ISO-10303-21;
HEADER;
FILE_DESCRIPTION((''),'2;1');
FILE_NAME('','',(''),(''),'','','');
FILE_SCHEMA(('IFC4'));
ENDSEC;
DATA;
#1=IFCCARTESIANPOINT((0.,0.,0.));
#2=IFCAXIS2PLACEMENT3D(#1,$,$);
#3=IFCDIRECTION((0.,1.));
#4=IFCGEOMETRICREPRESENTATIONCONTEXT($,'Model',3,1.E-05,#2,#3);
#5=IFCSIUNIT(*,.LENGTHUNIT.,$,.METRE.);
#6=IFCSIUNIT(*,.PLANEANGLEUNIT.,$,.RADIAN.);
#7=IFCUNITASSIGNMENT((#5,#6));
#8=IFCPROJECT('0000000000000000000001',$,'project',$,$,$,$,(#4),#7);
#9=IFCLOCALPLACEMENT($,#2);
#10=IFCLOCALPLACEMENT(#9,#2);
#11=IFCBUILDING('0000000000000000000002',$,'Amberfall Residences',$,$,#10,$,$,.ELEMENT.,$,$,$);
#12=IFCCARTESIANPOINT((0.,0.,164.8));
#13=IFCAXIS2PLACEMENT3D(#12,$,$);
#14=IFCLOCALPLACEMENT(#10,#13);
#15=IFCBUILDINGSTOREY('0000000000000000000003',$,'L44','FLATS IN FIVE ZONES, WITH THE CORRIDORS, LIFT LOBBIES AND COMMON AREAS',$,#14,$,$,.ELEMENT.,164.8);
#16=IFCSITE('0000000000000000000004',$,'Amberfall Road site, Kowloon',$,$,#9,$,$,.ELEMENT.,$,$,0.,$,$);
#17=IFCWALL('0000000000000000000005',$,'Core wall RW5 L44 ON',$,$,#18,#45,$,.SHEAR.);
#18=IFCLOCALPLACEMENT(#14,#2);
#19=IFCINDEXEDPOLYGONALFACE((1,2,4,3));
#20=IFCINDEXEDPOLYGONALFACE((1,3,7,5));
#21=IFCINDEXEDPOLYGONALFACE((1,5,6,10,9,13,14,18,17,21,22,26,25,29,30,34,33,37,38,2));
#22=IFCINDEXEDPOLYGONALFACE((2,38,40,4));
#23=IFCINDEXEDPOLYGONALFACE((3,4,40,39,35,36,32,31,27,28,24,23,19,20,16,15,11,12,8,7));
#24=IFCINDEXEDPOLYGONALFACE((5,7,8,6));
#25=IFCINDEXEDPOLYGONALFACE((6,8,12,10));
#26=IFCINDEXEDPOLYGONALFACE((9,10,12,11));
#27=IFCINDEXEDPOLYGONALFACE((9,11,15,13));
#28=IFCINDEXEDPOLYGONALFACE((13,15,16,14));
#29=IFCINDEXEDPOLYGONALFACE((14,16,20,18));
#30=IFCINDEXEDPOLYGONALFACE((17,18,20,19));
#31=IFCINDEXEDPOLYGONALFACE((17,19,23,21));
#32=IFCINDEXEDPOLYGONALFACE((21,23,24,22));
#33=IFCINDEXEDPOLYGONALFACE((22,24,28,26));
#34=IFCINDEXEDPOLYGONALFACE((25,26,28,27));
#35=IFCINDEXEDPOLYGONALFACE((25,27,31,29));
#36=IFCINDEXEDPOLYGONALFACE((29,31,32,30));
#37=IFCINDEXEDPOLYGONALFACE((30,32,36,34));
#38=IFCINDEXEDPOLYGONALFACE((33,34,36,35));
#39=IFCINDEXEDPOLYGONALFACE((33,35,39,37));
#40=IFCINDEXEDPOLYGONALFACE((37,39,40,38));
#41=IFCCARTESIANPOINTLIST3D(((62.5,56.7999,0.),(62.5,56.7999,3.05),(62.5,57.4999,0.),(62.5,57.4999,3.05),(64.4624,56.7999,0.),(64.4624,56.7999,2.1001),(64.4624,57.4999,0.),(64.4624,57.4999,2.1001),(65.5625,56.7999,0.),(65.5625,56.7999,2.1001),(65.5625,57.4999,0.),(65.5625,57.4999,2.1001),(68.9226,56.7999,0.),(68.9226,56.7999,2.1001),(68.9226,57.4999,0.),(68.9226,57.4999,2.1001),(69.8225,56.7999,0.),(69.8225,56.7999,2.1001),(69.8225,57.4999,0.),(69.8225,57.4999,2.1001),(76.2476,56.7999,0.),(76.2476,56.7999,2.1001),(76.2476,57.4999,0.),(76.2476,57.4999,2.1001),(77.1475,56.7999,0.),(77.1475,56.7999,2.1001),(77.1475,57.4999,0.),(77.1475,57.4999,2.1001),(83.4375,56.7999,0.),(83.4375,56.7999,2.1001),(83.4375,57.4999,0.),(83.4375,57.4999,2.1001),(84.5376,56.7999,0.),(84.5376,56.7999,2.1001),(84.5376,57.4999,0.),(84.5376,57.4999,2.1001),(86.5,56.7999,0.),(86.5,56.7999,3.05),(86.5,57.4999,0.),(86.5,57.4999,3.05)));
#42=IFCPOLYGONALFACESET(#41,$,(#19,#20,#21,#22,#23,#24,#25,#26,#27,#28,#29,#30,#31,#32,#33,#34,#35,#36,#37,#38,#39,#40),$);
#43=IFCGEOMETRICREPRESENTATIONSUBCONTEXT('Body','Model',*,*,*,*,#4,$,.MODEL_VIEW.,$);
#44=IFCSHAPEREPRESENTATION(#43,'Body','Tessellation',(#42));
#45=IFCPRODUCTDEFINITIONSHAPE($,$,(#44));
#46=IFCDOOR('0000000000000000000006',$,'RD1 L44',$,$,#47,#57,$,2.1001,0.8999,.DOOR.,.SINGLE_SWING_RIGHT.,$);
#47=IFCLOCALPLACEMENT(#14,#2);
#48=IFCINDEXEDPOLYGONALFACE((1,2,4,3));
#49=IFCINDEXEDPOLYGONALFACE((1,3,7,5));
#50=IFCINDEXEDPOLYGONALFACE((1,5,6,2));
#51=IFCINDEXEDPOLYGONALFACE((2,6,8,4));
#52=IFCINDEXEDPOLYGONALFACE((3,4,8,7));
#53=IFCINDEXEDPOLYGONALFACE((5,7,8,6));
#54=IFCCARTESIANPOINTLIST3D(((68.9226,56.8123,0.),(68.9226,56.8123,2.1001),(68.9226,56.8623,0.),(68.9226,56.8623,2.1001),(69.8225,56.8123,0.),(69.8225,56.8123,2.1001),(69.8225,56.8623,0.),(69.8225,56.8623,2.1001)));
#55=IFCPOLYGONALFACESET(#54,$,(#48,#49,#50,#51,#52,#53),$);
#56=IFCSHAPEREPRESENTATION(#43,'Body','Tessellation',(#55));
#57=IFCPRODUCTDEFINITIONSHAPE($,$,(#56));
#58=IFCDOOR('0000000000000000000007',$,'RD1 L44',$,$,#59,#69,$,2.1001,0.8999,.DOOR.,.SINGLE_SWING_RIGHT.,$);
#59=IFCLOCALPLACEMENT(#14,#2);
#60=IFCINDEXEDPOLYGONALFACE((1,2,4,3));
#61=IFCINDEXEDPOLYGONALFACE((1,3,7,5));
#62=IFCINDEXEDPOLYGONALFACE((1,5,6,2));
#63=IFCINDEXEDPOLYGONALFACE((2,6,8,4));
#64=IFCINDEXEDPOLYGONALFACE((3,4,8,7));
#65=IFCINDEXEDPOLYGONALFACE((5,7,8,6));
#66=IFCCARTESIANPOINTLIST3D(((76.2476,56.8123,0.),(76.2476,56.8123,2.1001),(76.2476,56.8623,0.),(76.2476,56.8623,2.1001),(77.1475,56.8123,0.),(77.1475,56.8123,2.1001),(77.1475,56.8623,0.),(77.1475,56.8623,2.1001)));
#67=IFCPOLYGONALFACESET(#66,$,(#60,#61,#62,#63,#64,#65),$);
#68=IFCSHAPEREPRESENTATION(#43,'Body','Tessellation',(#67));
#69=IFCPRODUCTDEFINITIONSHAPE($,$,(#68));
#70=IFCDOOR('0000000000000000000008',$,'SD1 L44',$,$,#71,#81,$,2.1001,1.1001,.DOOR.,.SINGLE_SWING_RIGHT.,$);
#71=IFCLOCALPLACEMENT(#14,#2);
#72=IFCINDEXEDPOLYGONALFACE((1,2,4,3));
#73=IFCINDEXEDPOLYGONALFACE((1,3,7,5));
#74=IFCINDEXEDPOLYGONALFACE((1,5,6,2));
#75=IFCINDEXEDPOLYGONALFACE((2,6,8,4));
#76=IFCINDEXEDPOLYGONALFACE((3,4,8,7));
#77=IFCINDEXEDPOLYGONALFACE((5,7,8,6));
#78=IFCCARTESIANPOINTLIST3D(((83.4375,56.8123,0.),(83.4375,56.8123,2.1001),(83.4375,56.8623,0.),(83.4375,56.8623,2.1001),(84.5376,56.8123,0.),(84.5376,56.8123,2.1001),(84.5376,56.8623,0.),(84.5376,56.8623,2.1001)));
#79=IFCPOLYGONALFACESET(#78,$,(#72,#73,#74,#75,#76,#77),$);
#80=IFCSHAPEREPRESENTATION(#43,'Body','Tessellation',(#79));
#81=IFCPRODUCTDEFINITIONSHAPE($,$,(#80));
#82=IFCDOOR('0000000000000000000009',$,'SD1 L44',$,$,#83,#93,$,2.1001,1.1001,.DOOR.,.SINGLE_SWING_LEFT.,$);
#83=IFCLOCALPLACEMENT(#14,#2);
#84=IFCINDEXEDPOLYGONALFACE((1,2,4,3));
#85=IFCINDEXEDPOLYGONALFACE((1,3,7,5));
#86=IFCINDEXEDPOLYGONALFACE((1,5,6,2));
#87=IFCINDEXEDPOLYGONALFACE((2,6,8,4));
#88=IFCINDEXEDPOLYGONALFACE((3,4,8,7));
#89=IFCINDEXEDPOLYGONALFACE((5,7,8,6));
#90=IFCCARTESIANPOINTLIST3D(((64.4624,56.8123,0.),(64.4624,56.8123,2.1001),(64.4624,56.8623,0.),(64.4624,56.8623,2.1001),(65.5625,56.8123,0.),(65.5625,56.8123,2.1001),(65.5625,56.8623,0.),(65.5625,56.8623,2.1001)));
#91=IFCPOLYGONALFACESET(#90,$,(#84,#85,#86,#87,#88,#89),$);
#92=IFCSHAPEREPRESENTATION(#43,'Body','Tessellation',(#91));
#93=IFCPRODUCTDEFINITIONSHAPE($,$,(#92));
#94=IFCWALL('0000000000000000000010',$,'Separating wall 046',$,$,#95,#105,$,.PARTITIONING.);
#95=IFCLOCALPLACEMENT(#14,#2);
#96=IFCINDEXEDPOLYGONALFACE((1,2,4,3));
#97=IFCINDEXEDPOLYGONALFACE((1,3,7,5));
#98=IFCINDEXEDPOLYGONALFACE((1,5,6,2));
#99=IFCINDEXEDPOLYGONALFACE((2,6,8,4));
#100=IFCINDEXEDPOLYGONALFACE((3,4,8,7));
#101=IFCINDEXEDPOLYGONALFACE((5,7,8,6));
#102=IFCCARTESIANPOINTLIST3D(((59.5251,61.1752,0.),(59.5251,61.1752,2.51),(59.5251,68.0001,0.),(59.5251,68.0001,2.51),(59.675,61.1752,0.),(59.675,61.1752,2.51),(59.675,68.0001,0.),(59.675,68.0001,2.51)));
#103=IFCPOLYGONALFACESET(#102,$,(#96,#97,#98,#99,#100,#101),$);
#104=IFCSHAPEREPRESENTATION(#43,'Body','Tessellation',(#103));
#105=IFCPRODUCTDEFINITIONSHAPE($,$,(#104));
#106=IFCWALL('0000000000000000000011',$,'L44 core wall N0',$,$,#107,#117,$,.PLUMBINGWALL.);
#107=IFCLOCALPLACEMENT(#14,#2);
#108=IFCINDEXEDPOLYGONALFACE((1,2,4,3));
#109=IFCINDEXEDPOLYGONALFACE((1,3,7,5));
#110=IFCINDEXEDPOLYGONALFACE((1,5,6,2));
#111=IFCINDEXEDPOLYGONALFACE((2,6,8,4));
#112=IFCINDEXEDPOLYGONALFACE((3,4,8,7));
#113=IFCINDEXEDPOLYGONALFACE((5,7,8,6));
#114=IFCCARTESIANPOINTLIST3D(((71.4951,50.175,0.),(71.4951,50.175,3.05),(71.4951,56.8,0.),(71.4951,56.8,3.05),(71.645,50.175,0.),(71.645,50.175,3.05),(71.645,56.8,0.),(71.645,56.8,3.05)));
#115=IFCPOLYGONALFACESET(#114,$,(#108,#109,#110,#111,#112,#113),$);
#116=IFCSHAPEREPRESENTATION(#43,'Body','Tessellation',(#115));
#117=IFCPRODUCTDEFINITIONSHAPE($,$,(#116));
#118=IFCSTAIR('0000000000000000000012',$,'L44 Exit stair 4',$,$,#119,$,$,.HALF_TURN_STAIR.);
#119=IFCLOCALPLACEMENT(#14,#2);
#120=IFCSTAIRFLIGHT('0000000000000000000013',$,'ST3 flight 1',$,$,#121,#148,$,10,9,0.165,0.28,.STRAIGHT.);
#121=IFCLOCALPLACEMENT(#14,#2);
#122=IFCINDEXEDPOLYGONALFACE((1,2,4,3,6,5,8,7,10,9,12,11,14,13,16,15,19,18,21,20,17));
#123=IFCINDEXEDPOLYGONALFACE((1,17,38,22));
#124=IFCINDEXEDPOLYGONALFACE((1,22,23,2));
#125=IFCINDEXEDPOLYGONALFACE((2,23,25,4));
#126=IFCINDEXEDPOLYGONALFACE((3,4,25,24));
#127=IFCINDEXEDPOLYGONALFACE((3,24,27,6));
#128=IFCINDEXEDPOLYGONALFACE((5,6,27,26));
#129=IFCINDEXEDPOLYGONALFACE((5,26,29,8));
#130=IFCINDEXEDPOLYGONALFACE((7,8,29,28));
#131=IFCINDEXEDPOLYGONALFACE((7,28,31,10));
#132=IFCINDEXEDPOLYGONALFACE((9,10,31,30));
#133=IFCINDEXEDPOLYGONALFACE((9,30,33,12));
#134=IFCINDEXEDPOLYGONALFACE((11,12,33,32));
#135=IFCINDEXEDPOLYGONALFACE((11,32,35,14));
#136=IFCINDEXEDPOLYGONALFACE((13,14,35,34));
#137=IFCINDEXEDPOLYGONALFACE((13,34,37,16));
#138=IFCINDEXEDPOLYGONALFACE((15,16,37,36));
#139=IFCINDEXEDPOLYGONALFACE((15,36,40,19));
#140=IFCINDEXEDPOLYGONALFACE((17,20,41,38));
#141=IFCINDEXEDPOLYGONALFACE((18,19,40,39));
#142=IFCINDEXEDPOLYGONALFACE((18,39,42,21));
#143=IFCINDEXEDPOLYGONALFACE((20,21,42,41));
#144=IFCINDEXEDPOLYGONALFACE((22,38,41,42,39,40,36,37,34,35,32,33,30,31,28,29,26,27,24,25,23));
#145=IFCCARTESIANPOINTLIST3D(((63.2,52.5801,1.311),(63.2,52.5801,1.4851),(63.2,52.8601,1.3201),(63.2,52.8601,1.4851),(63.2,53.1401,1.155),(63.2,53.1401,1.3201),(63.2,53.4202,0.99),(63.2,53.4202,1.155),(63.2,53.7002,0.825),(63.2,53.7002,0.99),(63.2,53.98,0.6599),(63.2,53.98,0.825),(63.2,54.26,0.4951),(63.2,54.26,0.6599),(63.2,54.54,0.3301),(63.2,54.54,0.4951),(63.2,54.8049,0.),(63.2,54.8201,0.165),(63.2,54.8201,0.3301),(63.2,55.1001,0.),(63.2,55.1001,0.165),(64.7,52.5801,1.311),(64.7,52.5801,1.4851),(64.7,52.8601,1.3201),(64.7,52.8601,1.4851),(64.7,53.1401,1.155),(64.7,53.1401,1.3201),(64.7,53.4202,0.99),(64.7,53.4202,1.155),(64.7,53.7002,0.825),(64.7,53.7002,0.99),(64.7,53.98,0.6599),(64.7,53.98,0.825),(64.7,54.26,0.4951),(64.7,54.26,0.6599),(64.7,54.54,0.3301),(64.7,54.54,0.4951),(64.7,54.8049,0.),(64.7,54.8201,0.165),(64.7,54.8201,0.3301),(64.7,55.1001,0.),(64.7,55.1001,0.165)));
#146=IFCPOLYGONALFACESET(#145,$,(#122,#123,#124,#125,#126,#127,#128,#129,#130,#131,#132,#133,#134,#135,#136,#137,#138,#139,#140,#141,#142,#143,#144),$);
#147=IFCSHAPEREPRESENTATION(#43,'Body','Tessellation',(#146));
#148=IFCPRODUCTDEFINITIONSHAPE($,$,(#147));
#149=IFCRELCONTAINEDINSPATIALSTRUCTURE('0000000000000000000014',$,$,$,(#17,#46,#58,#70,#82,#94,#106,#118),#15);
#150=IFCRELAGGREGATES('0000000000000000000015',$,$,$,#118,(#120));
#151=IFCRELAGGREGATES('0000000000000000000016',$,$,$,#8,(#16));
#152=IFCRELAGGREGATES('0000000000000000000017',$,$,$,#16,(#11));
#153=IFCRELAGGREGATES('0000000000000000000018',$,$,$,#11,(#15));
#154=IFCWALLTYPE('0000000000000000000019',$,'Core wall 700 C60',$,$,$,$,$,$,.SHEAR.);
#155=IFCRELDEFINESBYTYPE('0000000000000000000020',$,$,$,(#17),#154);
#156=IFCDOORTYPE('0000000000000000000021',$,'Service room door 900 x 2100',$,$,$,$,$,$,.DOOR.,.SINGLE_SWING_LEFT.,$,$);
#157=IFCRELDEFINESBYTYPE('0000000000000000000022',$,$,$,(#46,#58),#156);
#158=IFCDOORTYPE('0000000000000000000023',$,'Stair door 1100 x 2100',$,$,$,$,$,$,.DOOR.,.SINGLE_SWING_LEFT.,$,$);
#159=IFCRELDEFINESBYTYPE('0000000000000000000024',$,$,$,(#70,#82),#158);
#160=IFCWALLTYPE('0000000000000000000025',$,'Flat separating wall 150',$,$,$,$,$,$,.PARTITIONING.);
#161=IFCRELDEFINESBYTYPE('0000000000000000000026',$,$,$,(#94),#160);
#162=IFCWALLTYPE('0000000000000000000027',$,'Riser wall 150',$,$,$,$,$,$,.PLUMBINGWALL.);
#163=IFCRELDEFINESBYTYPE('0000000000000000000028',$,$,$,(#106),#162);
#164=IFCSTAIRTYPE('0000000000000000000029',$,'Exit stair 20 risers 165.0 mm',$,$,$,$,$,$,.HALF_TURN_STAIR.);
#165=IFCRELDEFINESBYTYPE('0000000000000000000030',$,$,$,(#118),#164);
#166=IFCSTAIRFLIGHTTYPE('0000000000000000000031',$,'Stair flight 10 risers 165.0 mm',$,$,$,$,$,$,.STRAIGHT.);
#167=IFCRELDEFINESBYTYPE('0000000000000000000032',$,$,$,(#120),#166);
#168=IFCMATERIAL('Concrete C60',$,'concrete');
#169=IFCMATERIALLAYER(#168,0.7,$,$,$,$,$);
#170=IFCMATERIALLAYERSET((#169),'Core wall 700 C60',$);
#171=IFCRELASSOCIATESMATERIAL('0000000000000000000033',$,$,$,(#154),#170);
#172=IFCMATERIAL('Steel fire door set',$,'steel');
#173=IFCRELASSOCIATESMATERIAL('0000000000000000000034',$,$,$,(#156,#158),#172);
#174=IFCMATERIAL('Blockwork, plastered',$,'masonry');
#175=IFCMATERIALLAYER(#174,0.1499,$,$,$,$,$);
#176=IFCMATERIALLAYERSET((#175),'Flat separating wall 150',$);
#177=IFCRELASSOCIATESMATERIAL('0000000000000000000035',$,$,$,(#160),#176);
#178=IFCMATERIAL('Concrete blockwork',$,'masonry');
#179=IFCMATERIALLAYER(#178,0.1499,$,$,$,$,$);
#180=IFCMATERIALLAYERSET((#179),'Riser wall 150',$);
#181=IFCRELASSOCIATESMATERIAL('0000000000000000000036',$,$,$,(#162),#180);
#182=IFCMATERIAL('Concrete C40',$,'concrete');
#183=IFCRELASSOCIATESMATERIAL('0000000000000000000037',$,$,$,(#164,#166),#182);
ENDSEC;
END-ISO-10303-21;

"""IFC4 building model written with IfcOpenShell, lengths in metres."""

from ifc_helpers import new_model, si_unit, direction, frame, frame_2d, origin, place, context, subcontext, project, spatial, polyline, rectangle, outline, extrude, material, layer, layer_set, type_object, element, fill, aggregate, save


model = new_model("IFC4")

# Units and contexts
model_context = context("Model", 3, precision=1e-05, world=origin(), true_north=direction((0.0, 1.0)))
body_context = subcontext(model_context, "Body", "Model", "MODEL_VIEW")
ifc_project = project(units=[si_unit("LENGTHUNIT", "METRE"), si_unit("PLANEANGLEUNIT", "RADIAN")], contexts=[model_context])

# Site, building, storey
site_placement = place(None, origin())
site = spatial("IfcSite", under=ifc_project, at=site_placement, Name="Amberfall Road site, Kowloon", CompositionType="ELEMENT", RefElevation=0.0)
building_placement = place(site_placement, origin())
building = spatial("IfcBuilding", under=site, at=building_placement, Name="Amberfall Residences", CompositionType="ELEMENT")
storey_placement = place(building_placement, frame((0.0, 0.0, 164.8)))
storey = spatial("IfcBuildingStorey", under=building, at=storey_placement, Name="L44", Description="FLATS IN FIVE ZONES, WITH THE CORRIDORS, LIFT LOBBIES AND COMMON AREAS", CompositionType="ELEMENT", Elevation=164.8)

# Wall, openings, doors
ifc_material_1 = material(Name="Concrete C60", Category="concrete")
ifc_layer_1 = layer(ifc_material_1, 0.7)
ifc_layer_set_1 = layer_set([ifc_layer_1], Name="Core wall 700 C60")
wall_type_1 = type_object("IfcWallType", Name="Core wall 700 C60", PredefinedType="SHEAR", material=ifc_layer_set_1)
wall_1_placement = place(storey_placement, frame((62.5, 57.1499, 0.0), z_axis=(0.0, 0.0, 1.0), x_axis=(1.0, 0.0, 0.0)))
wall_1 = element("IfcWall", 1, at=wall_1_placement, inside=storey, type_object=wall_type_1, Name="Core wall RW5 L44 ON", PredefinedType="SHEAR", context=body_context, shape_type="SweptSolid", body=[
    extrude(rectangle(XDim=24.0, YDim=0.7, at=frame_2d((12.0, 0.0))), origin(), (0.0, 0.0, 1.0), 3.05),
])
opening_1_placement = place(wall_1_placement, frame((20.9375, 0.0, 0.0)))
opening_1 = element("IfcOpeningElement", 2, at=opening_1_placement, cuts=wall_1, PredefinedType="OPENING", context=body_context, shape_type="SweptSolid", body=[
    extrude(rectangle(XDim=1.1001, YDim=2.1001, at=frame_2d((0.55, 1.05))), frame((0.0, 0.3599, 0.0), z_axis=(0.0, -1.0, 0.0), x_axis=(1.0, 0.0, 0.0)), (0.0, 0.0, 1.0), 0.72),
])
opening_2_placement = place(wall_1_placement, frame((1.9624, 0.0, 0.0)))
opening_2 = element("IfcOpeningElement", 3, at=opening_2_placement, cuts=wall_1, PredefinedType="OPENING", context=body_context, shape_type="SweptSolid", body=[
    extrude(rectangle(XDim=1.1001, YDim=2.1001, at=frame_2d((0.55, 1.05))), frame((0.0, 0.3599, 0.0), z_axis=(0.0, -1.0, 0.0), x_axis=(1.0, 0.0, 0.0)), (0.0, 0.0, 1.0), 0.72),
])
opening_3_placement = place(wall_1_placement, frame((6.4226, 0.0, 0.0)))
opening_3 = element("IfcOpeningElement", 4, at=opening_3_placement, cuts=wall_1, PredefinedType="OPENING", context=body_context, shape_type="SweptSolid", body=[
    extrude(rectangle(XDim=0.8999, YDim=2.1001, at=frame_2d((0.45, 1.05))), frame((0.0, 0.3599, 0.0), z_axis=(0.0, -1.0, 0.0), x_axis=(1.0, 0.0, 0.0)), (0.0, 0.0, 1.0), 0.72),
])
opening_4_placement = place(wall_1_placement, frame((13.7476, 0.0, 0.0)))
opening_4 = element("IfcOpeningElement", 5, at=opening_4_placement, cuts=wall_1, PredefinedType="OPENING", context=body_context, shape_type="SweptSolid", body=[
    extrude(rectangle(XDim=0.8999, YDim=2.1001, at=frame_2d((0.45, 1.05))), frame((0.0, 0.3599, 0.0), z_axis=(0.0, -1.0, 0.0), x_axis=(1.0, 0.0, 0.0)), (0.0, 0.0, 1.0), 0.72),
])
ifc_material_2 = material(Name="Steel fire door set", Category="steel")
door_type_1 = type_object("IfcDoorType", Name="Service room door 900 x 2100", OperationType="SINGLE_SWING_LEFT", PredefinedType="DOOR", material=ifc_material_2)
door_1_placement = place(opening_3_placement, origin())
door_1 = element("IfcDoor", 6, at=door_1_placement, inside=storey, type_object=door_type_1, Name="RD1 L44", OperationType="SINGLE_SWING_RIGHT", OverallHeight=2.1001, OverallWidth=0.8999, PredefinedType="DOOR", context=body_context, shape_type="SweptSolid", body=[
    extrude(rectangle(XDim=0.8999, YDim=2.1001, at=frame_2d((0.45, 1.05))), frame((0.0, -0.2876, 0.0), z_axis=(0.0, -1.0, 0.0), x_axis=(1.0, 0.0, 0.0)), (0.0, 0.0, 1.0), 0.05),
])
fill(opening_3, door_1)
door_2_placement = place(opening_4_placement, origin())
door_2 = element("IfcDoor", 7, at=door_2_placement, inside=storey, type_object=door_type_1, Name="RD1 L44", OperationType="SINGLE_SWING_RIGHT", OverallHeight=2.1001, OverallWidth=0.8999, PredefinedType="DOOR", context=body_context, shape_type="SweptSolid", body=[
    extrude(rectangle(XDim=0.8999, YDim=2.1001, at=frame_2d((0.45, 1.05))), frame((0.0, -0.2876, 0.0), z_axis=(0.0, -1.0, 0.0), x_axis=(1.0, 0.0, 0.0)), (0.0, 0.0, 1.0), 0.05),
])
fill(opening_4, door_2)
door_type_2 = type_object("IfcDoorType", Name="Stair door 1100 x 2100", OperationType="SINGLE_SWING_LEFT", PredefinedType="DOOR", material=ifc_material_2)
door_3_placement = place(opening_1_placement, origin())
door_3 = element("IfcDoor", 8, at=door_3_placement, inside=storey, type_object=door_type_2, Name="SD1 L44", OperationType="SINGLE_SWING_RIGHT", OverallHeight=2.1001, OverallWidth=1.1001, PredefinedType="DOOR", context=body_context, shape_type="SweptSolid", body=[
    extrude(rectangle(XDim=1.1001, YDim=2.1001, at=frame_2d((0.55, 1.05))), frame((0.0, -0.2876, 0.0), z_axis=(0.0, -1.0, 0.0), x_axis=(1.0, 0.0, 0.0)), (0.0, 0.0, 1.0), 0.05),
])
fill(opening_1, door_3)
door_4_placement = place(opening_2_placement, origin())
door_4 = element("IfcDoor", 9, at=door_4_placement, inside=storey, type_object=door_type_2, Name="SD1 L44", OperationType="SINGLE_SWING_LEFT", OverallHeight=2.1001, OverallWidth=1.1001, PredefinedType="DOOR", context=body_context, shape_type="SweptSolid", body=[
    extrude(rectangle(XDim=1.1001, YDim=2.1001, at=frame_2d((0.55, 1.05))), frame((0.0, -0.2876, 0.0), z_axis=(0.0, -1.0, 0.0), x_axis=(1.0, 0.0, 0.0)), (0.0, 0.0, 1.0), 0.05),
])
fill(opening_2, door_4)

# Walls
ifc_material_3 = material(Name="Blockwork, plastered", Category="masonry")
ifc_layer_2 = layer(ifc_material_3, 0.1499)
ifc_layer_set_2 = layer_set([ifc_layer_2], Name="Flat separating wall 150")
wall_type_2 = type_object("IfcWallType", Name="Flat separating wall 150", PredefinedType="PARTITIONING", material=ifc_layer_set_2)
wall_2_placement = place(storey_placement, frame((59.6001, 61.175, 0.0), z_axis=(0.0, 0.0, 1.0), x_axis=(0.0, 1.0, 0.0)))
element("IfcWall", 10, at=wall_2_placement, inside=storey, type_object=wall_type_2, Name="Separating wall 046", PredefinedType="PARTITIONING", context=body_context, shape_type="SweptSolid", body=[
    extrude(rectangle(XDim=6.825, YDim=0.1499, at=frame_2d((3.4126, 0.0))), origin(), (0.0, 0.0, 1.0), 2.51),
])
ifc_material_4 = material(Name="Concrete blockwork", Category="masonry")
ifc_layer_3 = layer(ifc_material_4, 0.1499)
ifc_layer_set_3 = layer_set([ifc_layer_3], Name="Riser wall 150")
wall_type_3 = type_object("IfcWallType", Name="Riser wall 150", PredefinedType="PLUMBINGWALL", material=ifc_layer_set_3)
wall_3_placement = place(storey_placement, frame((71.5701, 50.175, 0.0), z_axis=(0.0, 0.0, 1.0), x_axis=(0.0, 1.0, 0.0)))
element("IfcWall", 11, at=wall_3_placement, inside=storey, type_object=wall_type_3, Name="L44 core wall N0", PredefinedType="PLUMBINGWALL", context=body_context, shape_type="SweptSolid", body=[
    extrude(rectangle(XDim=6.625, YDim=0.1499, at=frame_2d((3.3125, 0.0))), origin(), (0.0, 0.0, 1.0), 3.05),
])

# Stair, stair flight
ifc_material_5 = material(Name="Concrete C40", Category="concrete")
stair_type = type_object("IfcStairType", Name="Exit stair 20 risers 165.0 mm", PredefinedType="HALF_TURN_STAIR", material=ifc_material_5)
stair_placement = place(storey_placement, origin())
stair = element("IfcStair", 12, at=stair_placement, inside=storey, type_object=stair_type, Name="L44 Exit stair 4", PredefinedType="HALF_TURN_STAIR")
stair_flight_type = type_object("IfcStairFlightType", Name="Stair flight 10 risers 165.0 mm", PredefinedType="STRAIGHT", material=ifc_material_5)
stair_flight_1_placement = place(storey_placement, frame((63.95, 55.1001, 0.0), z_axis=(0.0, 0.0, 1.0), x_axis=(0.0, -1.0, 0.0)))
stair_flight_1 = element("IfcStairFlight", 13, at=stair_flight_1_placement, type_object=stair_flight_type, Name="ST3 flight 1", NumberOfRisers=10, NumberOfTreads=9, PredefinedType="STRAIGHT", RiserHeight=0.165, TreadLength=0.28, context=body_context, shape_type="SweptSolid", body=[
    extrude(outline(polyline([(0.0, 0.0), (0.0, 0.165), (0.28, 0.165), (0.28, 0.3301), (0.5601, 0.3301), (0.5601, 0.4951), (0.8401, 0.4951), (0.8401, 0.6599), (1.1201, 0.6599), (1.1201, 0.825), (1.3999, 0.825), (1.3999, 0.99), (1.6799, 0.99), (1.6799, 1.155), (1.96, 1.155), (1.96, 1.3201), (2.24, 1.3201), (2.24, 1.4851), (2.52, 1.4851), (2.52, 1.6499), (2.52, 1.311), (0.2952, 0.0), (0.0, 0.0)])), frame((0.0, 0.75, 0.0), z_axis=(0.0, -1.0, 0.0), x_axis=(1.0, 0.0, 0.0)), (0.0, 0.0, 1.0), 1.5),
])
aggregate(stair, [stair_flight_1])

save(model, "model.ifc")
